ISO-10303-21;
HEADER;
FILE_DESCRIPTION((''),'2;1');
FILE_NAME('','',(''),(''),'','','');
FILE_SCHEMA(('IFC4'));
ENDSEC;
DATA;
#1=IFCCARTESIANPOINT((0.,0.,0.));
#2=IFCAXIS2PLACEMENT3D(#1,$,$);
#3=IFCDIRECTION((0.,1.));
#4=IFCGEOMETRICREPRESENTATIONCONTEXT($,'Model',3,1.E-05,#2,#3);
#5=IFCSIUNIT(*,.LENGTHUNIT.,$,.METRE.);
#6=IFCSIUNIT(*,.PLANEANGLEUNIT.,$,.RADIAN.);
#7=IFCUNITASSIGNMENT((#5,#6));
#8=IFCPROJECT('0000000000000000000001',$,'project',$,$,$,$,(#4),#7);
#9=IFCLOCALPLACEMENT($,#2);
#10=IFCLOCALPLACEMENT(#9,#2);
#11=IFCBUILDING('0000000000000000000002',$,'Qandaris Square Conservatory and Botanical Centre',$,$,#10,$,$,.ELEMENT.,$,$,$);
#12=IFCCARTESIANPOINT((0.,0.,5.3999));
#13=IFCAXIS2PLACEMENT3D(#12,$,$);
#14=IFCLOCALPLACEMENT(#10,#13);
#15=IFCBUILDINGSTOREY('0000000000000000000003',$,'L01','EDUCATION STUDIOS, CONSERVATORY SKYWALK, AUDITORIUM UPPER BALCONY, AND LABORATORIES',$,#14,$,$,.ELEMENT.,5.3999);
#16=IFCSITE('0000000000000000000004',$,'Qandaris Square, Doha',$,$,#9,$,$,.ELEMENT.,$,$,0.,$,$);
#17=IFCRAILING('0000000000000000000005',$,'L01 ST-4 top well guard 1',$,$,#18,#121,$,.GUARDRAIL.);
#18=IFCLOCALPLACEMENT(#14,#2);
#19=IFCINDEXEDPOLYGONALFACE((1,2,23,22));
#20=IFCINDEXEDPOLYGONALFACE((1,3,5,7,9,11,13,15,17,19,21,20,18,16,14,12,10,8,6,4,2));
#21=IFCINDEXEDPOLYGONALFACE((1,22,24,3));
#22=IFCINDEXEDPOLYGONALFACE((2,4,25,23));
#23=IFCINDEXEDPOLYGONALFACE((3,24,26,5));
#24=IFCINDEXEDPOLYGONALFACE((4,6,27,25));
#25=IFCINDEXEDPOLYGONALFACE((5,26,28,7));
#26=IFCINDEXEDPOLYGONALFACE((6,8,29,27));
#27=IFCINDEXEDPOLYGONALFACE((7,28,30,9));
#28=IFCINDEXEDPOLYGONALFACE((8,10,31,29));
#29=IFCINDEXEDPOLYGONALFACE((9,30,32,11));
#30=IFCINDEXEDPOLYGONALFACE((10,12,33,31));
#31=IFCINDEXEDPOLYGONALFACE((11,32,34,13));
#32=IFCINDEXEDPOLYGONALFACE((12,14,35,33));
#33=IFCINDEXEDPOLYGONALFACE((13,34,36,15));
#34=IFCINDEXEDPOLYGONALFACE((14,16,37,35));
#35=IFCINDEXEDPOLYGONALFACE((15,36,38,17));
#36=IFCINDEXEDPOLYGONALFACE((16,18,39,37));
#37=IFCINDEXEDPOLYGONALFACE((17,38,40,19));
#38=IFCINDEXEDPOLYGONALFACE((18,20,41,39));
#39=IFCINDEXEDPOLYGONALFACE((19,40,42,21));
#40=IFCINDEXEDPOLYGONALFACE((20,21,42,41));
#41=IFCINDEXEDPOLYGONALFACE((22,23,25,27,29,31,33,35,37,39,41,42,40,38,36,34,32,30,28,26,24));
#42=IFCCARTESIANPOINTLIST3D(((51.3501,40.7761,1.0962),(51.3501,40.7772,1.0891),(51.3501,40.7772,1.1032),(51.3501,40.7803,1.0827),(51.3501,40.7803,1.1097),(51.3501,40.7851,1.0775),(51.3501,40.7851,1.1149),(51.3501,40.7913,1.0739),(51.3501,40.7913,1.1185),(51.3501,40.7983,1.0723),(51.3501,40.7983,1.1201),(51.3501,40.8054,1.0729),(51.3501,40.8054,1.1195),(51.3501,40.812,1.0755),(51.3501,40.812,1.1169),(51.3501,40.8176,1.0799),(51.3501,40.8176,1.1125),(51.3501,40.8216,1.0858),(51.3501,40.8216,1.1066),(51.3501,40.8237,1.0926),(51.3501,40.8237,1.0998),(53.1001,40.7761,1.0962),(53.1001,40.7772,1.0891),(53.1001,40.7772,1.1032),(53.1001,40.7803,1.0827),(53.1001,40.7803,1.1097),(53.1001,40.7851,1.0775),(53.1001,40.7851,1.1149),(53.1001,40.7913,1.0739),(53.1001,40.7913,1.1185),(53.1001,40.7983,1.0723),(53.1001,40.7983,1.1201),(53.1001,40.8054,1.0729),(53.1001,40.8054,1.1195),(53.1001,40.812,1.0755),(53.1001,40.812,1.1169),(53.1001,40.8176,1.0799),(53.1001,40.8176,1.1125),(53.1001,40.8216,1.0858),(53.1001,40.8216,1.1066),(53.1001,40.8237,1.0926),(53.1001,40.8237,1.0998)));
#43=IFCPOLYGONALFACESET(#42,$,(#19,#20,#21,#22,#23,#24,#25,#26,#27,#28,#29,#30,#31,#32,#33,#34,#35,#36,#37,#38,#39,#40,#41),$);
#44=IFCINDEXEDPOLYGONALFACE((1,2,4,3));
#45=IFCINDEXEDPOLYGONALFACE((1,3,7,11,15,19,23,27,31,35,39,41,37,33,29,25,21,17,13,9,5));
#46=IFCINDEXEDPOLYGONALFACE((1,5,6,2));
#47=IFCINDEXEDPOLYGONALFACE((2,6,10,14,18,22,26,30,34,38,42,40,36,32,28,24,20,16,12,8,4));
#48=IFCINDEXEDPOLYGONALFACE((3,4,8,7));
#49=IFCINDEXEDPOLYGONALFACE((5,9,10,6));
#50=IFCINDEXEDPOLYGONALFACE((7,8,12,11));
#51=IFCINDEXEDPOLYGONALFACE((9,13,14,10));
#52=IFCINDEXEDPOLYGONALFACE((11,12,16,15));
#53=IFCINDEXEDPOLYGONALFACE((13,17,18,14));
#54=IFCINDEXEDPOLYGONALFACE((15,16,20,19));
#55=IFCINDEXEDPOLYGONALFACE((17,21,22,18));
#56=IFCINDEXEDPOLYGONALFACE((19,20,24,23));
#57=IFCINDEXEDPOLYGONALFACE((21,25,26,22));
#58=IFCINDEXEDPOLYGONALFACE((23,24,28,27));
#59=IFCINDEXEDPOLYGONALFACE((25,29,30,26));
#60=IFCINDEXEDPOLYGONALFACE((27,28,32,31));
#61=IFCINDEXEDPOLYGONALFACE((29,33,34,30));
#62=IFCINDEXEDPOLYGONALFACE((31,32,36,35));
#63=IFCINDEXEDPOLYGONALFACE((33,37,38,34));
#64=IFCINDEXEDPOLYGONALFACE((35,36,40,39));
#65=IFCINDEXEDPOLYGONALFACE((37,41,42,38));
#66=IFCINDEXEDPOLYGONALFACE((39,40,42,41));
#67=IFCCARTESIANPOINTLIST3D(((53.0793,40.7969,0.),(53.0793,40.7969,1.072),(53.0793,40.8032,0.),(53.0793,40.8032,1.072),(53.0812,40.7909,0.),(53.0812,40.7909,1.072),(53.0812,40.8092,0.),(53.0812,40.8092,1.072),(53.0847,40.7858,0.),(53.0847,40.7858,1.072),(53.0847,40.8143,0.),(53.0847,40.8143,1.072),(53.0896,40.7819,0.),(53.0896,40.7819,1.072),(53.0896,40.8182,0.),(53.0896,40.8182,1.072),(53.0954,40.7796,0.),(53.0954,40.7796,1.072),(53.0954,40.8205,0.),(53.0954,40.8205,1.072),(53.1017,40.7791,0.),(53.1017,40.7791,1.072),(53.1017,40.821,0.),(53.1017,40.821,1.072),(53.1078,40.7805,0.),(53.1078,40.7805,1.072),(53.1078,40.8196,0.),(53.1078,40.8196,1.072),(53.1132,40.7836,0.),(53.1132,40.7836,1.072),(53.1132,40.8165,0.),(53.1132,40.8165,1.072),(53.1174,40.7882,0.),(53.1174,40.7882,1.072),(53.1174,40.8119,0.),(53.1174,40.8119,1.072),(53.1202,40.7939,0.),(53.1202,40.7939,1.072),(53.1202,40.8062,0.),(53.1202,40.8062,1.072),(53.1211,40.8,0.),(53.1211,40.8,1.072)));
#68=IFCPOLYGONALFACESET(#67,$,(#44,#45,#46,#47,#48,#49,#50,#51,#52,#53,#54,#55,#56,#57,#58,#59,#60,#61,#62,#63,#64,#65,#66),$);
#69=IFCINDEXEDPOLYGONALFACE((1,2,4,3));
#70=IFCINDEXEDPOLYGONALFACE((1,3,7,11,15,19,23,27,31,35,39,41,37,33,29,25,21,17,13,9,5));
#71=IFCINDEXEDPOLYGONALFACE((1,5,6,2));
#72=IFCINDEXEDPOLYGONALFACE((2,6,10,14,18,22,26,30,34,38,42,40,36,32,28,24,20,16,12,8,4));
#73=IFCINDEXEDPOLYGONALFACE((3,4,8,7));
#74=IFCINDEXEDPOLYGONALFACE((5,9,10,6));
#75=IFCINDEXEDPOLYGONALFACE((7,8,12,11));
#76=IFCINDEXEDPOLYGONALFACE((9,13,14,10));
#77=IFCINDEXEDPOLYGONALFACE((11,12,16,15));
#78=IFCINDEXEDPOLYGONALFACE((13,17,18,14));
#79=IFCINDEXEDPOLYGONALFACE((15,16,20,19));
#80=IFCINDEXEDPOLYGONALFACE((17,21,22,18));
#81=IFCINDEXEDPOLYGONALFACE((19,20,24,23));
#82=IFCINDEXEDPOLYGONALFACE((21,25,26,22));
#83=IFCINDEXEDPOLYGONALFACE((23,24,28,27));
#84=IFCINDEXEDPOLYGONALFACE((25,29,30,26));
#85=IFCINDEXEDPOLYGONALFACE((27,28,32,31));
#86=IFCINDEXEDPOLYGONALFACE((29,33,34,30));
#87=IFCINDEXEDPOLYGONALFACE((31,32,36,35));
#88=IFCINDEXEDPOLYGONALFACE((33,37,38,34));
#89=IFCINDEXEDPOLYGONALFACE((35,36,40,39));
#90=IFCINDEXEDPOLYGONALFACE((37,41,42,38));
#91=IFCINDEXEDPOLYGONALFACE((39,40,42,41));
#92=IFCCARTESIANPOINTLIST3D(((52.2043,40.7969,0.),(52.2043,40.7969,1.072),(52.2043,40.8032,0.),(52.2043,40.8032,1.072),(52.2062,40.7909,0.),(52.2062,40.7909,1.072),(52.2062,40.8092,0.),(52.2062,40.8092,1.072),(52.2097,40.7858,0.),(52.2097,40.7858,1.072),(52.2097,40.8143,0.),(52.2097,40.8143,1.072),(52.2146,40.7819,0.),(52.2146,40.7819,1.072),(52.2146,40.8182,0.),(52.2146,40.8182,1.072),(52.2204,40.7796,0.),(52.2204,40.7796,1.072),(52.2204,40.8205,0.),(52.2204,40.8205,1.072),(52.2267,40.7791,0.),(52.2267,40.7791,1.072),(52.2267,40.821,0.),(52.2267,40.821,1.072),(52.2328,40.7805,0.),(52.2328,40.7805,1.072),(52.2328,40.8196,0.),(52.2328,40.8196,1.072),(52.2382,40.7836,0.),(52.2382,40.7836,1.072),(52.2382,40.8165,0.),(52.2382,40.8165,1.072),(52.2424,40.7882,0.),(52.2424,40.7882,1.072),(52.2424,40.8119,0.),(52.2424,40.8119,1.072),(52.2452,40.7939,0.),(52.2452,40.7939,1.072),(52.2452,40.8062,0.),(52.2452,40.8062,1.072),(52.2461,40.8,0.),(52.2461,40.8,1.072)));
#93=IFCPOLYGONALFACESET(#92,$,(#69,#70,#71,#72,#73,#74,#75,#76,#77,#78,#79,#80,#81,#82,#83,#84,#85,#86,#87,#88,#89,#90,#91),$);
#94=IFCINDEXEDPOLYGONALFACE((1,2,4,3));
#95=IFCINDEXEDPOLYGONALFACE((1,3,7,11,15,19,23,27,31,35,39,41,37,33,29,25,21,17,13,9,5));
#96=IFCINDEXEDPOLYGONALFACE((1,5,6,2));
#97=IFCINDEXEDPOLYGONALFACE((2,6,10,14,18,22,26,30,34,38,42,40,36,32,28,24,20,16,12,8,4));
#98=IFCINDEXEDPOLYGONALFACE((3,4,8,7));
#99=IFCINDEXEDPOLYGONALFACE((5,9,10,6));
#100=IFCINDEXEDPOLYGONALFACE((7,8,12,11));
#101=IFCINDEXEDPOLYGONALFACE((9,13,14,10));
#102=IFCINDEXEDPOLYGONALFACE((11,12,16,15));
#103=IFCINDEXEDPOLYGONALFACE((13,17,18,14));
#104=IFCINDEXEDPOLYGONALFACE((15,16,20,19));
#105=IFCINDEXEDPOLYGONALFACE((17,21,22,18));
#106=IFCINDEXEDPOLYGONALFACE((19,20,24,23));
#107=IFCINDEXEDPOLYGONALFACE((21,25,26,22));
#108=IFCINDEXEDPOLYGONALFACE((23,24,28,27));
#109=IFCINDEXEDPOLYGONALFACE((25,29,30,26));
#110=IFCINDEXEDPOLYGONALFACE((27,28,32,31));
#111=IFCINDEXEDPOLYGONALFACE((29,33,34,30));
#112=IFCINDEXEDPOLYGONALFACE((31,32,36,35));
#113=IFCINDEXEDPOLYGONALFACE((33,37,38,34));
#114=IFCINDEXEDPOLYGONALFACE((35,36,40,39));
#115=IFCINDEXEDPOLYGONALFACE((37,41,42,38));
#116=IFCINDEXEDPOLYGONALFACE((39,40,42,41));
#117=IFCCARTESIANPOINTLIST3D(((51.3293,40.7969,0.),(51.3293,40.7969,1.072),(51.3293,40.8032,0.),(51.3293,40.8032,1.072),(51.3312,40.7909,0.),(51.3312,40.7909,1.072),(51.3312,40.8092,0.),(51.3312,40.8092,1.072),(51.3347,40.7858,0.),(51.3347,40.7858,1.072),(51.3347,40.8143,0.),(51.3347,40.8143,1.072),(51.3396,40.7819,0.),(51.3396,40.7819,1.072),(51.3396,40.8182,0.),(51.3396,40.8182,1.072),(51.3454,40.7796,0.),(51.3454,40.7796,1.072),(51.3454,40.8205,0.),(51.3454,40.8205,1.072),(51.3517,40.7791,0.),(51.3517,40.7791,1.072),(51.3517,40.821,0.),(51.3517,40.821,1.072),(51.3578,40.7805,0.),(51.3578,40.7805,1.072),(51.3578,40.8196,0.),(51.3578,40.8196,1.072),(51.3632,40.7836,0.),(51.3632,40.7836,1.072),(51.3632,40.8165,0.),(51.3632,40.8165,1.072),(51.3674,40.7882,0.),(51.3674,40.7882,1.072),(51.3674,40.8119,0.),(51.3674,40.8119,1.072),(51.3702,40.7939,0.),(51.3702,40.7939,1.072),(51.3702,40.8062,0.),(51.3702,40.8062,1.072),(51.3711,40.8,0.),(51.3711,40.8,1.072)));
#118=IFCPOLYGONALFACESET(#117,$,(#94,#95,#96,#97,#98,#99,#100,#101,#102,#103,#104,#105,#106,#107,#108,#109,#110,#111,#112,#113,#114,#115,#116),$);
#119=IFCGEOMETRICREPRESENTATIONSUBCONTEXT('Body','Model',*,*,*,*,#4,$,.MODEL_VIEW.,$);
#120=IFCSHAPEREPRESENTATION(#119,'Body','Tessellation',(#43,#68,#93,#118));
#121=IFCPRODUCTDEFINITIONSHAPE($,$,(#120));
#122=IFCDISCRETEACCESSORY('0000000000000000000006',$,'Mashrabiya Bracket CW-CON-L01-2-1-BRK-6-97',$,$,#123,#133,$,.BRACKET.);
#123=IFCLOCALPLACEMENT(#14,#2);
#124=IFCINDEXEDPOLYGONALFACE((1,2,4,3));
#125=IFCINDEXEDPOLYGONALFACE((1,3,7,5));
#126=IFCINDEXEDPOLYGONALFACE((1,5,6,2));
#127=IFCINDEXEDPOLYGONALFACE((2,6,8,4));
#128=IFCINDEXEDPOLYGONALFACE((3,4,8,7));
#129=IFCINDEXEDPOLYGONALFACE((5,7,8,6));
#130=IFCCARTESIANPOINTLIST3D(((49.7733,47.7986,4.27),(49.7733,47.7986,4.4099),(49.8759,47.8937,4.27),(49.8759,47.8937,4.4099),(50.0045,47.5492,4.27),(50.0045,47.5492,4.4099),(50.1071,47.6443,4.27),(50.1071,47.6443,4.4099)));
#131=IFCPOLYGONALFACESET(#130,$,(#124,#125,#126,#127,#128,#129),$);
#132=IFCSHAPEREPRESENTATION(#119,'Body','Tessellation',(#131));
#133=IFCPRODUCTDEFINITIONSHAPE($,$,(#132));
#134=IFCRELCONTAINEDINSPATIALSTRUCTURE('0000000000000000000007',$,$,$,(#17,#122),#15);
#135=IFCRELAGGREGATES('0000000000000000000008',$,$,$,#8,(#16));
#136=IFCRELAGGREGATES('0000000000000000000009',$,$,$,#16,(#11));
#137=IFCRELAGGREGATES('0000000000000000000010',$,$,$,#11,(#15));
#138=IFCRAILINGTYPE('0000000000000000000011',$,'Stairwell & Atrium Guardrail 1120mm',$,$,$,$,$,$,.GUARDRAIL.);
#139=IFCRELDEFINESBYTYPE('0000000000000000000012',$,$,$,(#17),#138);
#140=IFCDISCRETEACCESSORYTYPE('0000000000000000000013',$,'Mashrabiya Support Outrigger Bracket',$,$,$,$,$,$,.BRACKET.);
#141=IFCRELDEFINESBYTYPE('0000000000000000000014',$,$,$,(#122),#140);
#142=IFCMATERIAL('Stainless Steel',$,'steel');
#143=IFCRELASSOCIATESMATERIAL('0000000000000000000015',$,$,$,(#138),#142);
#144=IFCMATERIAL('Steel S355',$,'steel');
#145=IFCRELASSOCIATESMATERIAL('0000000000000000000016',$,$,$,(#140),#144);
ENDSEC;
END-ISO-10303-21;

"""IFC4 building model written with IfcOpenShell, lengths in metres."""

from ifc_helpers import new_model, si_unit, direction, frame, origin, origin_2d, place, context, subcontext, project, spatial, rectangle, circle, extrude, material, type_object, element, save


model = new_model("IFC4")

# Units and contexts
model_context = context("Model", 3, precision=1e-05, world=origin(), true_north=direction((0.0, 1.0)))
body_context = subcontext(model_context, "Body", "Model", "MODEL_VIEW")
ifc_project = project(units=[si_unit("LENGTHUNIT", "METRE"), si_unit("PLANEANGLEUNIT", "RADIAN")], contexts=[model_context])

# Site, building, storey
site_placement = place(None, origin())
site = spatial("IfcSite", under=ifc_project, at=site_placement, Name="Qandaris Square, Doha", CompositionType="ELEMENT", RefElevation=0.0)
building_placement = place(site_placement, origin())
building = spatial("IfcBuilding", under=site, at=building_placement, Name="Qandaris Square Conservatory and Botanical Centre", CompositionType="ELEMENT")
storey_placement = place(building_placement, frame((0.0, 0.0, 5.3999)))
storey = spatial("IfcBuildingStorey", under=building, at=storey_placement, Name="L01", Description="EDUCATION STUDIOS, CONSERVATORY SKYWALK, AUDITORIUM UPPER BALCONY, AND LABORATORIES", CompositionType="ELEMENT", Elevation=5.3999)

# Railing
ifc_material_1 = material(Name="Stainless Steel", Category="steel")
railing_type = type_object("IfcRailingType", Name="Stairwell & Atrium Guardrail 1120mm", PredefinedType="GUARDRAIL", material=ifc_material_1)
railing_1_placement = place(storey_placement, frame((53.1001, 40.8, 0.0)))
element("IfcRailing", 1, at=railing_1_placement, inside=storey, type_object=railing_type, Name="L01 ST-4 top well guard 1", PredefinedType="GUARDRAIL", context=body_context, shape_type="SweptSolid", body=[
    extrude(circle(Radius=0.0239, at=origin_2d()), frame((0.0, 0.0, 1.0962), z_axis=(-1.0, 0.0, 0.0), x_axis=(0.0, -1.0, 0.0)), (0.0, 0.0, 1.0), 1.75),
    extrude(circle(Radius=0.021, at=origin_2d()), origin(), (0.0, 0.0, 1.0), 1.072),
    extrude(circle(Radius=0.021, at=origin_2d()), frame((-0.875, 0.0, 0.0)), (0.0, 0.0, 1.0), 1.072),
    extrude(circle(Radius=0.021, at=origin_2d()), frame((-1.75, 0.0, 0.0)), (0.0, 0.0, 1.0), 1.072),
])

# Discrete accessory
ifc_material_2 = material(Name="Steel S355", Category="steel")
discrete_accessory_type = type_object("IfcDiscreteAccessoryType", Name="Mashrabiya Support Outrigger Bracket", PredefinedType="BRACKET", material=ifc_material_2)
discrete_accessory_placement = place(storey_placement, frame((49.9402, 47.7214, 4.27), z_axis=(0.0, 0.0, 1.0), x_axis=(0.733433, 0.679762, 0.0)))
element("IfcDiscreteAccessory", 2, at=discrete_accessory_placement, inside=storey, type_object=discrete_accessory_type, Name="Mashrabiya Bracket CW-CON-L01-2-1-BRK-6-97", PredefinedType="BRACKET", context=body_context, shape_type="SweptSolid", body=[
    extrude(rectangle(XDim=0.1399, YDim=0.3401, at=origin_2d()), origin(), (0.0, 0.0, 1.0), 0.1399),
])

save(model, "model.ifc")
